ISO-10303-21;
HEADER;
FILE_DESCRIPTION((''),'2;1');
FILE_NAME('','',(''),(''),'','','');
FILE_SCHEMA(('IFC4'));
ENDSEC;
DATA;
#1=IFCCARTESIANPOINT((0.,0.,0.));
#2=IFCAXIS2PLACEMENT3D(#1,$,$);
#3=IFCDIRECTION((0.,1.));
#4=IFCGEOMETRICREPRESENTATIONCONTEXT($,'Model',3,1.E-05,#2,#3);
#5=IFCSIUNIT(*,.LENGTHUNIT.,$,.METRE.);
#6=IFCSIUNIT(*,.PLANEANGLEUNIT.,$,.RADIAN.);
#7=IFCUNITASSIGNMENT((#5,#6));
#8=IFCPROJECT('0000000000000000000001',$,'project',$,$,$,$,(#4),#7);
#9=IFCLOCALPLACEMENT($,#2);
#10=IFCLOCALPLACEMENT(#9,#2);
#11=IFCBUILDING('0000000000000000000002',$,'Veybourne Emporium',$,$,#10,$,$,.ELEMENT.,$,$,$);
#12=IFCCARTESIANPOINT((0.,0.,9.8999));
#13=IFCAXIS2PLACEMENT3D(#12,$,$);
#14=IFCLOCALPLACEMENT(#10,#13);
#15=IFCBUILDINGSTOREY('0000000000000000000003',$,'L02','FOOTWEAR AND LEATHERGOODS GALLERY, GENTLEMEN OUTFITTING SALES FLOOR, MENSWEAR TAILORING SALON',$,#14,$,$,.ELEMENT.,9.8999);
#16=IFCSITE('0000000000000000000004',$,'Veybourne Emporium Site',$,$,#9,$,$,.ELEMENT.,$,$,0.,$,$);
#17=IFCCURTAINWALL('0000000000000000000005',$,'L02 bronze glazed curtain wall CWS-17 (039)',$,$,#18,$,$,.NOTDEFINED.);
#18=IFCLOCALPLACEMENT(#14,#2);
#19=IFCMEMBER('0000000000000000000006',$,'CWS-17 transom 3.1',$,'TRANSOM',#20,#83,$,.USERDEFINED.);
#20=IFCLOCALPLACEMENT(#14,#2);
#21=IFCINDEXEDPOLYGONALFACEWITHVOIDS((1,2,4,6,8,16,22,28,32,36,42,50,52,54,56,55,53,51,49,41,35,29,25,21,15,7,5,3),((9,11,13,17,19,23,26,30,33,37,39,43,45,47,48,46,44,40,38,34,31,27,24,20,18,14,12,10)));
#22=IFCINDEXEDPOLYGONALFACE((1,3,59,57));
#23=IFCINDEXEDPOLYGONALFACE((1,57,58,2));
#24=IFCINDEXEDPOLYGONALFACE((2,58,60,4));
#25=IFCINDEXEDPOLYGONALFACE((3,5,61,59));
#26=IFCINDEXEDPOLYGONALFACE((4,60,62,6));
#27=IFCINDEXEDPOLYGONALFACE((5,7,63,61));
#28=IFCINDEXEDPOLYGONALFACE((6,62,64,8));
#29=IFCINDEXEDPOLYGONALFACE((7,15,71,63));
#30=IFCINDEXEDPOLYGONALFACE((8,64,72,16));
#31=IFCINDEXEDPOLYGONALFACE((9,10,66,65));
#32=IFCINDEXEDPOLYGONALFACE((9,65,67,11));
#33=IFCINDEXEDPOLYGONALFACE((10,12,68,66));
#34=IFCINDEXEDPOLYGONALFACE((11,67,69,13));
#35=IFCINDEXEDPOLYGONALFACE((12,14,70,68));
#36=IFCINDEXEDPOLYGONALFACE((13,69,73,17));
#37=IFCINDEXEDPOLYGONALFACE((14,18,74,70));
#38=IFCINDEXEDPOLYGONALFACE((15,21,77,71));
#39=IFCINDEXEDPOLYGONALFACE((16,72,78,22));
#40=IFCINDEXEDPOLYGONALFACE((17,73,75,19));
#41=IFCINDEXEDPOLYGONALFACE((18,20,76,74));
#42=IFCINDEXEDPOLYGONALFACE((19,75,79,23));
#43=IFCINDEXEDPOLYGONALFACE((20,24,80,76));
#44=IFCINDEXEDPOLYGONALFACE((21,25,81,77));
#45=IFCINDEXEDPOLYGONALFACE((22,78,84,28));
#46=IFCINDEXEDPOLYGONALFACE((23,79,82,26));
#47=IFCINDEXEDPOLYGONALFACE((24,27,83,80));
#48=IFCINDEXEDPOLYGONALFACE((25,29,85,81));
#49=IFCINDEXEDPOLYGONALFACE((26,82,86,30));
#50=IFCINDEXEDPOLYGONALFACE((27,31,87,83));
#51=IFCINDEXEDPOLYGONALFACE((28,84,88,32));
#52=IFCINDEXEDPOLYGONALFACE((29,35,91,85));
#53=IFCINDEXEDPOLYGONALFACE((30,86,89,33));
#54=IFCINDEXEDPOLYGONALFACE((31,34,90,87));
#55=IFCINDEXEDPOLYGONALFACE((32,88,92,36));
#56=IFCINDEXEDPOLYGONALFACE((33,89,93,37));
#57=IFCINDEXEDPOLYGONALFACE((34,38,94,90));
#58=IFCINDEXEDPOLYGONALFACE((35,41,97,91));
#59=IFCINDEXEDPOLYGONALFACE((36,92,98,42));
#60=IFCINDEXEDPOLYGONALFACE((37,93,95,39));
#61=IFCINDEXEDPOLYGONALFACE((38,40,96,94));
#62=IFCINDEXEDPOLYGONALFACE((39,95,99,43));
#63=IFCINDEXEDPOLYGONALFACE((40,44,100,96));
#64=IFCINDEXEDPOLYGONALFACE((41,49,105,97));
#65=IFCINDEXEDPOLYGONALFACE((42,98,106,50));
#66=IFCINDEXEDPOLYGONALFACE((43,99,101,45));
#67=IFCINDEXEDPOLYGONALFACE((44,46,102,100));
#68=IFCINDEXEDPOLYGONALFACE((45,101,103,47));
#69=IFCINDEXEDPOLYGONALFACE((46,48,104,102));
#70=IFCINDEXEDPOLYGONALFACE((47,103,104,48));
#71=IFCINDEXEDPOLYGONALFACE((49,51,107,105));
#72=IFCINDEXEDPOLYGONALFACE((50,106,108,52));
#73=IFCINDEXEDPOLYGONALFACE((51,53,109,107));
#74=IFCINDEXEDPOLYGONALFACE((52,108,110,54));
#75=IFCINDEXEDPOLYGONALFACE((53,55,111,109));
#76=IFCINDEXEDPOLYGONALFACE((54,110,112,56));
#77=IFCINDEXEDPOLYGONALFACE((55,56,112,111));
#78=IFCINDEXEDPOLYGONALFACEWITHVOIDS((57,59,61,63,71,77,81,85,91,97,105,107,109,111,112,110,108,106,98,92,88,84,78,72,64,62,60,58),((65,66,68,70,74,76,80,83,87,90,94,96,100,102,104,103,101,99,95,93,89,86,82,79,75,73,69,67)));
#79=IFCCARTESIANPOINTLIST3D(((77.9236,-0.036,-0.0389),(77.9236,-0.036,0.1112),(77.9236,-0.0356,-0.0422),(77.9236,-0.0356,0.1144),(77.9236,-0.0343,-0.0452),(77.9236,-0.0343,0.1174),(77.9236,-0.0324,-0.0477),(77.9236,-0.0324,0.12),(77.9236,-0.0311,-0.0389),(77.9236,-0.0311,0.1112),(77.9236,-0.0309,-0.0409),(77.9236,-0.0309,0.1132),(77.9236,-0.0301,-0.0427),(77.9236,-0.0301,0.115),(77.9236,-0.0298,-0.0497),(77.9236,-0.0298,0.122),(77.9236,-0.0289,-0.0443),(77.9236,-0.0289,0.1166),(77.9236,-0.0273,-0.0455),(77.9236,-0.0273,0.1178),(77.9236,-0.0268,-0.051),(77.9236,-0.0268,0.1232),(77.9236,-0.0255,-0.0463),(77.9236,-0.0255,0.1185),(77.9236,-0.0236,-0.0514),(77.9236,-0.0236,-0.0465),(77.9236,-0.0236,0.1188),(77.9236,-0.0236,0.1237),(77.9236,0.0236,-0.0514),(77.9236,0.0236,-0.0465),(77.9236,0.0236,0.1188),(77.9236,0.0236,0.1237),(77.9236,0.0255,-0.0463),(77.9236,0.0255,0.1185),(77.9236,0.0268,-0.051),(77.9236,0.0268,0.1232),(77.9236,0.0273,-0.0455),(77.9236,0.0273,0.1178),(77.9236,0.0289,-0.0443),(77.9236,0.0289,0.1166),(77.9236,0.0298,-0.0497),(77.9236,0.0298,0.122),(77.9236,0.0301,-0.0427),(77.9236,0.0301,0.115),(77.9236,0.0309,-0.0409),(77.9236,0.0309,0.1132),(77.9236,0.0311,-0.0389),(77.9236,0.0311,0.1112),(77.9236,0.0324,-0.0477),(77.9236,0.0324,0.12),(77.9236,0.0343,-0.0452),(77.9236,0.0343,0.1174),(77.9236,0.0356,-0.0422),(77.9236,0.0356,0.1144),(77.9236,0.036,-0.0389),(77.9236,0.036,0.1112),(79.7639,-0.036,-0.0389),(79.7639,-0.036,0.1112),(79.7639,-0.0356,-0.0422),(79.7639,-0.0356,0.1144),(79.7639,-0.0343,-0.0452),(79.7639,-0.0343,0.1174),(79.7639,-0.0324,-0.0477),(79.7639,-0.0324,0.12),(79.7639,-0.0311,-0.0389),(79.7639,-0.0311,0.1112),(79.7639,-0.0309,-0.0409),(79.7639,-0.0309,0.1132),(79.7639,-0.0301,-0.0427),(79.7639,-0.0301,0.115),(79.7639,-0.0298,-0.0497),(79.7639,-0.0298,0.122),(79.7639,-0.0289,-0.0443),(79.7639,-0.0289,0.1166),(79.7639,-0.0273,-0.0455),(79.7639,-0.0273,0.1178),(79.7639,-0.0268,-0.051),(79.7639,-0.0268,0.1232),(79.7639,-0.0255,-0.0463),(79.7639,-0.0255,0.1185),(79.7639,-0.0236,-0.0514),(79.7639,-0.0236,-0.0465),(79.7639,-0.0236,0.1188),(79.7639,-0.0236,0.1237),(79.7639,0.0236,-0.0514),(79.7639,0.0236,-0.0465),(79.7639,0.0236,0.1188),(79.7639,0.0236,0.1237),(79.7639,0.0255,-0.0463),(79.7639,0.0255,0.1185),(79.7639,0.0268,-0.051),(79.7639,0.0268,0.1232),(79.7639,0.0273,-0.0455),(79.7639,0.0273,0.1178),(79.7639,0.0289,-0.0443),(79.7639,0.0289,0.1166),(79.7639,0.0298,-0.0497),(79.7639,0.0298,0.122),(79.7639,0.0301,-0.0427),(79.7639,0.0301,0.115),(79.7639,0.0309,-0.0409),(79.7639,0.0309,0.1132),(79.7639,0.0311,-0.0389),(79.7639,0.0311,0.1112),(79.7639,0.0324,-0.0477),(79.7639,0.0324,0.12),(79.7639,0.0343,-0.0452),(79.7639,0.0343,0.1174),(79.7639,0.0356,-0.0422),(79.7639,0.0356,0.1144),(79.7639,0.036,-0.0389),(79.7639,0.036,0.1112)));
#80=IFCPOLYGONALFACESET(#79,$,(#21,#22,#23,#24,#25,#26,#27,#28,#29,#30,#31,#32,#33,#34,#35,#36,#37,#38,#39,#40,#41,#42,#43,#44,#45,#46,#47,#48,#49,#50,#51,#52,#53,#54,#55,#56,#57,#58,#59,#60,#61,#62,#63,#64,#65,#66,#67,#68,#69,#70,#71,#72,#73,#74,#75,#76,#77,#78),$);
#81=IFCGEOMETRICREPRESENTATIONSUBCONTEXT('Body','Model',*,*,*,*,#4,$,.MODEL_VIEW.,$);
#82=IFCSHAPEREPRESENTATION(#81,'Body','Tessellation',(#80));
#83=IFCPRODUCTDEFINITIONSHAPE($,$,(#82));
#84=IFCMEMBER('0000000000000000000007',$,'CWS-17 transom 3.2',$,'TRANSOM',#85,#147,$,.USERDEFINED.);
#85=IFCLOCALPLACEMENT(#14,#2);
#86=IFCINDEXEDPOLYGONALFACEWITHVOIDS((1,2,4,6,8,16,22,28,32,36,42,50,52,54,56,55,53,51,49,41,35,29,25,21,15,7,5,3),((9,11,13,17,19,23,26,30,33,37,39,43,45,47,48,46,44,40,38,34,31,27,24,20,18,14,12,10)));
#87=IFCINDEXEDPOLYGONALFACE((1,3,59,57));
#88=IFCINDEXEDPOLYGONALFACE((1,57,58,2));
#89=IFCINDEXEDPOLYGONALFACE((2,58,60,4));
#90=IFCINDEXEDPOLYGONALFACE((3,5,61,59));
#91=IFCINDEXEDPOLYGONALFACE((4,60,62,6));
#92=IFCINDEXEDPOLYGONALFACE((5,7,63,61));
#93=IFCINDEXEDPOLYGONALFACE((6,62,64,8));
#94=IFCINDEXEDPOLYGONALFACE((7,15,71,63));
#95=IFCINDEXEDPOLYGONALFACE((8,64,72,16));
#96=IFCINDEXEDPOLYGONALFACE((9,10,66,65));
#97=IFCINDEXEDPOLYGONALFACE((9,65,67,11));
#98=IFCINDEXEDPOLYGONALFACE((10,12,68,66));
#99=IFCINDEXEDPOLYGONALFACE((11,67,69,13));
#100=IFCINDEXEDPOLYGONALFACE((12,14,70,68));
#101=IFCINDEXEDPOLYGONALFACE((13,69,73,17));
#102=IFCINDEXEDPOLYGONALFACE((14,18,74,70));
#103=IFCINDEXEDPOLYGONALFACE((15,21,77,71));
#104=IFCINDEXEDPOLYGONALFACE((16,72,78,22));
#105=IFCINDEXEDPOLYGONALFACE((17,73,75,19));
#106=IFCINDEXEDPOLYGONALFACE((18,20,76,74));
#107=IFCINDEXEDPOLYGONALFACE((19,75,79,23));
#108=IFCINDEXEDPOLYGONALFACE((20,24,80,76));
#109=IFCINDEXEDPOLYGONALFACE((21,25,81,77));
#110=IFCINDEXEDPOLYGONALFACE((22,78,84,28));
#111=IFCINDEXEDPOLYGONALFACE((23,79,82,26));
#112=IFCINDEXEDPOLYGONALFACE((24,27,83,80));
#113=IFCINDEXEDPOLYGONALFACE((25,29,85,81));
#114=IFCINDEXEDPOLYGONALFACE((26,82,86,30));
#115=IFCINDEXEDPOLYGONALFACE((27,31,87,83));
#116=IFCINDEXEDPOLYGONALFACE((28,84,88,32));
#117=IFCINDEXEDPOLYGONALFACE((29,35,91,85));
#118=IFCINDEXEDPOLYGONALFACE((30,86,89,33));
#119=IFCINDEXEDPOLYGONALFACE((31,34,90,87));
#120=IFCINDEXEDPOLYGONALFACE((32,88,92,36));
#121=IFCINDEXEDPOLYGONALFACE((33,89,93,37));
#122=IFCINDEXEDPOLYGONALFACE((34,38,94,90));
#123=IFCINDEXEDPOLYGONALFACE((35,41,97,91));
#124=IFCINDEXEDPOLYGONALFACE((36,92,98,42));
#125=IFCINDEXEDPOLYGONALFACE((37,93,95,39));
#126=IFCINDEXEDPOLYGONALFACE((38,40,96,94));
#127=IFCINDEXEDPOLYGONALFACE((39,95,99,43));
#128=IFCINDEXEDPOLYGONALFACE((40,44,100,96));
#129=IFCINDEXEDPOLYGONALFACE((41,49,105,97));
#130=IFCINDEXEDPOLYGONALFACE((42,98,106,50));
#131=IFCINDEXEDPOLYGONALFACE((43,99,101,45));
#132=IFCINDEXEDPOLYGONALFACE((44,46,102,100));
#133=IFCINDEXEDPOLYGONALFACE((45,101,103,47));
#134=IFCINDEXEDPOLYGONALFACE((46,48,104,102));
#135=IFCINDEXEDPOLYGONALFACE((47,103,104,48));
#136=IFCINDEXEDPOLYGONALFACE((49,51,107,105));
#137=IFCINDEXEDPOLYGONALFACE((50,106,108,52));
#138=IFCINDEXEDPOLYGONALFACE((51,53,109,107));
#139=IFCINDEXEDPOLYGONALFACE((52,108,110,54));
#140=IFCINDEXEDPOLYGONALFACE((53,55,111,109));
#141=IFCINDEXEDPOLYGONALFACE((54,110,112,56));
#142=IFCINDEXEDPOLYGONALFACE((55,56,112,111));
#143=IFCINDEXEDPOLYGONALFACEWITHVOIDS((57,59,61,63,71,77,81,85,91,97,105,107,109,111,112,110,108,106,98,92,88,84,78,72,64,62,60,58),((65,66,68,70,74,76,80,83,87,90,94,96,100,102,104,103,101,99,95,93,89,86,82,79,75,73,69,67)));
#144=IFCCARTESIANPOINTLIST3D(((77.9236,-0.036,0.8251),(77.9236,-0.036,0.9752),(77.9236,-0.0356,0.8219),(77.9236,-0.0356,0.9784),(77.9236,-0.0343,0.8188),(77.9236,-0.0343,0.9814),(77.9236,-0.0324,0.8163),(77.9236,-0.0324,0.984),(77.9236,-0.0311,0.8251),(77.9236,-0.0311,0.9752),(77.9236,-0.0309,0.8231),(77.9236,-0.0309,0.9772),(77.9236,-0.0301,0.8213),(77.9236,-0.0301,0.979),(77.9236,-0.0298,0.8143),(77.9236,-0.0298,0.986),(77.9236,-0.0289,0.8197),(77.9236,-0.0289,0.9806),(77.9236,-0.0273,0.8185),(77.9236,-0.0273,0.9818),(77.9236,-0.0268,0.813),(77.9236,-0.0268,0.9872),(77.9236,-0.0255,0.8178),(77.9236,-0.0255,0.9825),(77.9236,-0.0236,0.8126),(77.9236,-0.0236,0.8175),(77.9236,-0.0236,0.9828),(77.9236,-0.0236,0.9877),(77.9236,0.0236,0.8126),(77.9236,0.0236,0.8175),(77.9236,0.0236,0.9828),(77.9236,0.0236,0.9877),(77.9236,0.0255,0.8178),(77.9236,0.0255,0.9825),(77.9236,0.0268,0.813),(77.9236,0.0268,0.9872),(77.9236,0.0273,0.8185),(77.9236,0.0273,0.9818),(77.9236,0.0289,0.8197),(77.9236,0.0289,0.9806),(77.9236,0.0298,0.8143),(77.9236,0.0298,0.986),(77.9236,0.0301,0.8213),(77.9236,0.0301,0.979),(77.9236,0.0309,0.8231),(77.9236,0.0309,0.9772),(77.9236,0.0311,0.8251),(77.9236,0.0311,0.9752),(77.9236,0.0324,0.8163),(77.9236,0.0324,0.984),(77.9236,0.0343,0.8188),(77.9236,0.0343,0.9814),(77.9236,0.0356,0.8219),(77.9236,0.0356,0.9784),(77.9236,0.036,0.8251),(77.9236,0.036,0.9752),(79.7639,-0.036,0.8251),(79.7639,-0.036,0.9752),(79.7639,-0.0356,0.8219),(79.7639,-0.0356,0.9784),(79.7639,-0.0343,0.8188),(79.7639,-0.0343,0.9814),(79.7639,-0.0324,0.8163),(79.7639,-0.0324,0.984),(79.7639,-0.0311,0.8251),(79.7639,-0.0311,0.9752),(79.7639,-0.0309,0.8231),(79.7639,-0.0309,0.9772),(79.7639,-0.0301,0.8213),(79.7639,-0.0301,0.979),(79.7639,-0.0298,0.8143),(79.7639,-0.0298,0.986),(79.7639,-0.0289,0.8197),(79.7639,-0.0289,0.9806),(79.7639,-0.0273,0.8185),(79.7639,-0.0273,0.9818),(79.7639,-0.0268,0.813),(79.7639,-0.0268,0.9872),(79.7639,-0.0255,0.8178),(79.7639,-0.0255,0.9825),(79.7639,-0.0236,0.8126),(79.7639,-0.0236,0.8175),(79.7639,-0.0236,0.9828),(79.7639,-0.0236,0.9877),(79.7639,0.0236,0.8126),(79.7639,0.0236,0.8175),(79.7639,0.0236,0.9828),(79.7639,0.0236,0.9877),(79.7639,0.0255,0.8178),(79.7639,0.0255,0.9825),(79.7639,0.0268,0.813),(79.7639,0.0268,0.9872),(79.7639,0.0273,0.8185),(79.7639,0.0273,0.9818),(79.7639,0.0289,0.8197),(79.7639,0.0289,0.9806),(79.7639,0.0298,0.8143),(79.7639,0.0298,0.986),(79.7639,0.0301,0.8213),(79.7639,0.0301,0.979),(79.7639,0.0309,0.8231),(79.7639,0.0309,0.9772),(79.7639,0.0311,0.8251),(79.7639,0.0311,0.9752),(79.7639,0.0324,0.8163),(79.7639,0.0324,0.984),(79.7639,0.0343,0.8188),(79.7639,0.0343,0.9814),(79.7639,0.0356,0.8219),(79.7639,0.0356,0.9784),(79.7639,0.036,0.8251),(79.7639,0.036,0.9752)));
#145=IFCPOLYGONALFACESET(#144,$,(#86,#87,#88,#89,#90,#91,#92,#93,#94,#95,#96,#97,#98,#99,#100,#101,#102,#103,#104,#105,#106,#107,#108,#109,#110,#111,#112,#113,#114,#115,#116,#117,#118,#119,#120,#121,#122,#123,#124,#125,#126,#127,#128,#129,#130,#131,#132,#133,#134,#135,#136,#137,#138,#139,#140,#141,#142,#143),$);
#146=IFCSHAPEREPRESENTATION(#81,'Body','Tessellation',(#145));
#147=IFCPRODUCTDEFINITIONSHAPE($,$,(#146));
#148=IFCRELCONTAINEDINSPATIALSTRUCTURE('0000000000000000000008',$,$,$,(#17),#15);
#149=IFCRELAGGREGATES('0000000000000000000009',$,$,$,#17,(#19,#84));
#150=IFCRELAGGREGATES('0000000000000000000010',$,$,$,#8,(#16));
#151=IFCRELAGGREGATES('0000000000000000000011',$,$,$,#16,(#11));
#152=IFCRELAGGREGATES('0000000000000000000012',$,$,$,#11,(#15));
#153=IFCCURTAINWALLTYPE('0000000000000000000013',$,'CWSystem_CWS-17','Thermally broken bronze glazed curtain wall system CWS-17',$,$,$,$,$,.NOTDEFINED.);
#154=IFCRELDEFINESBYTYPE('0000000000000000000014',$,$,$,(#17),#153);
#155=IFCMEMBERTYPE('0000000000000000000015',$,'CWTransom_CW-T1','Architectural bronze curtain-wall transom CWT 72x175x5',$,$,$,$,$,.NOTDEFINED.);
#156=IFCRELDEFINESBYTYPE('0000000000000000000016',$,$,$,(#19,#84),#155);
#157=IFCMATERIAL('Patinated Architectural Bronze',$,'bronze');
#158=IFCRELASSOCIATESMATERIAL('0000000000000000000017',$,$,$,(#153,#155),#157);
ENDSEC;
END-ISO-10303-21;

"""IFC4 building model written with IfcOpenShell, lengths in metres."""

from ifc_helpers import new_model, si_unit, direction, frame, origin, origin_2d, place, context, subcontext, project, spatial, hollow_rectangle, extrude, material, material_profile, profile_set, type_object, element, aggregate, save


model = new_model("IFC4")

# Units and contexts
model_context = context("Model", 3, precision=1e-05, world=origin(), true_north=direction((0.0, 1.0)))
body_context = subcontext(model_context, "Body", "Model", "MODEL_VIEW")
ifc_project = project(units=[si_unit("LENGTHUNIT", "METRE"), si_unit("PLANEANGLEUNIT", "RADIAN")], contexts=[model_context])

# Site, building, storey
site_placement = place(None, origin())
site = spatial("IfcSite", under=ifc_project, at=site_placement, Name="Veybourne Emporium Site", CompositionType="ELEMENT", RefElevation=0.0)
building_placement = place(site_placement, origin())
building = spatial("IfcBuilding", under=site, at=building_placement, Name="Veybourne Emporium", CompositionType="ELEMENT")
storey_placement = place(building_placement, frame((0.0, 0.0, 9.8999)))
storey = spatial("IfcBuildingStorey", under=building, at=storey_placement, Name="L02", Description="FOOTWEAR AND LEATHERGOODS GALLERY, GENTLEMEN OUTFITTING SALES FLOOR, MENSWEAR TAILORING SALON", CompositionType="ELEMENT", Elevation=9.8999)

# Curtain wall
ifc_material_1 = material(Name="Patinated Architectural Bronze", Category="bronze")
curtain_wall_type_1 = type_object("IfcCurtainWallType", Name="CWSystem_CWS-17", Description="Thermally broken bronze glazed curtain wall system CWS-17", PredefinedType="NOTDEFINED", material=ifc_material_1)
curtain_wall_1_placement = place(storey_placement, origin())
curtain_wall_1 = element("IfcCurtainWall", 1, at=curtain_wall_1_placement, inside=storey, type_object=curtain_wall_type_1, Name="L02 bronze glazed curtain wall CWS-17 (039)", PredefinedType="NOTDEFINED")

# Members
ifc_material_profile_1 = material_profile(ifc_material_1, hollow_rectangle(XDim=0.072, YDim=0.175, WallThickness=0.0049, InnerFilletRadius=0.0076, OuterFilletRadius=0.0125, at=origin_2d()), Name="CWT 72x175x5")
ifc_profile_set_1 = profile_set([ifc_material_profile_1], Name="Patinated Architectural Bronze")
member_type_1 = type_object("IfcMemberType", Name="CWTransom_CW-T1", Description="Architectural bronze curtain-wall transom CWT 72x175x5", PredefinedType="NOTDEFINED", material=ifc_profile_set_1)
member_1_placement = place(storey_placement, frame((79.7639, 0.0, 0.0361), z_axis=(-1.0, 0.0, 0.0), x_axis=(0.0, -1.0, 0.0)))
member_1 = element("IfcMember", 2, at=member_1_placement, type_object=member_type_1, Name="CWS-17 transom 3.1", ObjectType="TRANSOM", PredefinedType="USERDEFINED", context=body_context, shape_type="SweptSolid", body=[
    extrude(hollow_rectangle(XDim=0.072, YDim=0.175, WallThickness=0.0049, InnerFilletRadius=0.0076, OuterFilletRadius=0.0125, at=origin_2d()), origin(), (0.0, 0.0, 1.0), 1.8403),
])
member_2_placement = place(storey_placement, frame((79.7639, 0.0, 0.9001), z_axis=(-1.0, 0.0, 0.0), x_axis=(0.0, -1.0, 0.0)))
member_2 = element("IfcMember", 3, at=member_2_placement, type_object=member_type_1, Name="CWS-17 transom 3.2", ObjectType="TRANSOM", PredefinedType="USERDEFINED", context=body_context, shape_type="SweptSolid", body=[
    extrude(hollow_rectangle(XDim=0.072, YDim=0.175, WallThickness=0.0049, InnerFilletRadius=0.0076, OuterFilletRadius=0.0125, at=origin_2d()), origin(), (0.0, 0.0, 1.0), 1.8403),
])

aggregate(curtain_wall_1, [member_1, member_2])

save(model, "model.ifc")
